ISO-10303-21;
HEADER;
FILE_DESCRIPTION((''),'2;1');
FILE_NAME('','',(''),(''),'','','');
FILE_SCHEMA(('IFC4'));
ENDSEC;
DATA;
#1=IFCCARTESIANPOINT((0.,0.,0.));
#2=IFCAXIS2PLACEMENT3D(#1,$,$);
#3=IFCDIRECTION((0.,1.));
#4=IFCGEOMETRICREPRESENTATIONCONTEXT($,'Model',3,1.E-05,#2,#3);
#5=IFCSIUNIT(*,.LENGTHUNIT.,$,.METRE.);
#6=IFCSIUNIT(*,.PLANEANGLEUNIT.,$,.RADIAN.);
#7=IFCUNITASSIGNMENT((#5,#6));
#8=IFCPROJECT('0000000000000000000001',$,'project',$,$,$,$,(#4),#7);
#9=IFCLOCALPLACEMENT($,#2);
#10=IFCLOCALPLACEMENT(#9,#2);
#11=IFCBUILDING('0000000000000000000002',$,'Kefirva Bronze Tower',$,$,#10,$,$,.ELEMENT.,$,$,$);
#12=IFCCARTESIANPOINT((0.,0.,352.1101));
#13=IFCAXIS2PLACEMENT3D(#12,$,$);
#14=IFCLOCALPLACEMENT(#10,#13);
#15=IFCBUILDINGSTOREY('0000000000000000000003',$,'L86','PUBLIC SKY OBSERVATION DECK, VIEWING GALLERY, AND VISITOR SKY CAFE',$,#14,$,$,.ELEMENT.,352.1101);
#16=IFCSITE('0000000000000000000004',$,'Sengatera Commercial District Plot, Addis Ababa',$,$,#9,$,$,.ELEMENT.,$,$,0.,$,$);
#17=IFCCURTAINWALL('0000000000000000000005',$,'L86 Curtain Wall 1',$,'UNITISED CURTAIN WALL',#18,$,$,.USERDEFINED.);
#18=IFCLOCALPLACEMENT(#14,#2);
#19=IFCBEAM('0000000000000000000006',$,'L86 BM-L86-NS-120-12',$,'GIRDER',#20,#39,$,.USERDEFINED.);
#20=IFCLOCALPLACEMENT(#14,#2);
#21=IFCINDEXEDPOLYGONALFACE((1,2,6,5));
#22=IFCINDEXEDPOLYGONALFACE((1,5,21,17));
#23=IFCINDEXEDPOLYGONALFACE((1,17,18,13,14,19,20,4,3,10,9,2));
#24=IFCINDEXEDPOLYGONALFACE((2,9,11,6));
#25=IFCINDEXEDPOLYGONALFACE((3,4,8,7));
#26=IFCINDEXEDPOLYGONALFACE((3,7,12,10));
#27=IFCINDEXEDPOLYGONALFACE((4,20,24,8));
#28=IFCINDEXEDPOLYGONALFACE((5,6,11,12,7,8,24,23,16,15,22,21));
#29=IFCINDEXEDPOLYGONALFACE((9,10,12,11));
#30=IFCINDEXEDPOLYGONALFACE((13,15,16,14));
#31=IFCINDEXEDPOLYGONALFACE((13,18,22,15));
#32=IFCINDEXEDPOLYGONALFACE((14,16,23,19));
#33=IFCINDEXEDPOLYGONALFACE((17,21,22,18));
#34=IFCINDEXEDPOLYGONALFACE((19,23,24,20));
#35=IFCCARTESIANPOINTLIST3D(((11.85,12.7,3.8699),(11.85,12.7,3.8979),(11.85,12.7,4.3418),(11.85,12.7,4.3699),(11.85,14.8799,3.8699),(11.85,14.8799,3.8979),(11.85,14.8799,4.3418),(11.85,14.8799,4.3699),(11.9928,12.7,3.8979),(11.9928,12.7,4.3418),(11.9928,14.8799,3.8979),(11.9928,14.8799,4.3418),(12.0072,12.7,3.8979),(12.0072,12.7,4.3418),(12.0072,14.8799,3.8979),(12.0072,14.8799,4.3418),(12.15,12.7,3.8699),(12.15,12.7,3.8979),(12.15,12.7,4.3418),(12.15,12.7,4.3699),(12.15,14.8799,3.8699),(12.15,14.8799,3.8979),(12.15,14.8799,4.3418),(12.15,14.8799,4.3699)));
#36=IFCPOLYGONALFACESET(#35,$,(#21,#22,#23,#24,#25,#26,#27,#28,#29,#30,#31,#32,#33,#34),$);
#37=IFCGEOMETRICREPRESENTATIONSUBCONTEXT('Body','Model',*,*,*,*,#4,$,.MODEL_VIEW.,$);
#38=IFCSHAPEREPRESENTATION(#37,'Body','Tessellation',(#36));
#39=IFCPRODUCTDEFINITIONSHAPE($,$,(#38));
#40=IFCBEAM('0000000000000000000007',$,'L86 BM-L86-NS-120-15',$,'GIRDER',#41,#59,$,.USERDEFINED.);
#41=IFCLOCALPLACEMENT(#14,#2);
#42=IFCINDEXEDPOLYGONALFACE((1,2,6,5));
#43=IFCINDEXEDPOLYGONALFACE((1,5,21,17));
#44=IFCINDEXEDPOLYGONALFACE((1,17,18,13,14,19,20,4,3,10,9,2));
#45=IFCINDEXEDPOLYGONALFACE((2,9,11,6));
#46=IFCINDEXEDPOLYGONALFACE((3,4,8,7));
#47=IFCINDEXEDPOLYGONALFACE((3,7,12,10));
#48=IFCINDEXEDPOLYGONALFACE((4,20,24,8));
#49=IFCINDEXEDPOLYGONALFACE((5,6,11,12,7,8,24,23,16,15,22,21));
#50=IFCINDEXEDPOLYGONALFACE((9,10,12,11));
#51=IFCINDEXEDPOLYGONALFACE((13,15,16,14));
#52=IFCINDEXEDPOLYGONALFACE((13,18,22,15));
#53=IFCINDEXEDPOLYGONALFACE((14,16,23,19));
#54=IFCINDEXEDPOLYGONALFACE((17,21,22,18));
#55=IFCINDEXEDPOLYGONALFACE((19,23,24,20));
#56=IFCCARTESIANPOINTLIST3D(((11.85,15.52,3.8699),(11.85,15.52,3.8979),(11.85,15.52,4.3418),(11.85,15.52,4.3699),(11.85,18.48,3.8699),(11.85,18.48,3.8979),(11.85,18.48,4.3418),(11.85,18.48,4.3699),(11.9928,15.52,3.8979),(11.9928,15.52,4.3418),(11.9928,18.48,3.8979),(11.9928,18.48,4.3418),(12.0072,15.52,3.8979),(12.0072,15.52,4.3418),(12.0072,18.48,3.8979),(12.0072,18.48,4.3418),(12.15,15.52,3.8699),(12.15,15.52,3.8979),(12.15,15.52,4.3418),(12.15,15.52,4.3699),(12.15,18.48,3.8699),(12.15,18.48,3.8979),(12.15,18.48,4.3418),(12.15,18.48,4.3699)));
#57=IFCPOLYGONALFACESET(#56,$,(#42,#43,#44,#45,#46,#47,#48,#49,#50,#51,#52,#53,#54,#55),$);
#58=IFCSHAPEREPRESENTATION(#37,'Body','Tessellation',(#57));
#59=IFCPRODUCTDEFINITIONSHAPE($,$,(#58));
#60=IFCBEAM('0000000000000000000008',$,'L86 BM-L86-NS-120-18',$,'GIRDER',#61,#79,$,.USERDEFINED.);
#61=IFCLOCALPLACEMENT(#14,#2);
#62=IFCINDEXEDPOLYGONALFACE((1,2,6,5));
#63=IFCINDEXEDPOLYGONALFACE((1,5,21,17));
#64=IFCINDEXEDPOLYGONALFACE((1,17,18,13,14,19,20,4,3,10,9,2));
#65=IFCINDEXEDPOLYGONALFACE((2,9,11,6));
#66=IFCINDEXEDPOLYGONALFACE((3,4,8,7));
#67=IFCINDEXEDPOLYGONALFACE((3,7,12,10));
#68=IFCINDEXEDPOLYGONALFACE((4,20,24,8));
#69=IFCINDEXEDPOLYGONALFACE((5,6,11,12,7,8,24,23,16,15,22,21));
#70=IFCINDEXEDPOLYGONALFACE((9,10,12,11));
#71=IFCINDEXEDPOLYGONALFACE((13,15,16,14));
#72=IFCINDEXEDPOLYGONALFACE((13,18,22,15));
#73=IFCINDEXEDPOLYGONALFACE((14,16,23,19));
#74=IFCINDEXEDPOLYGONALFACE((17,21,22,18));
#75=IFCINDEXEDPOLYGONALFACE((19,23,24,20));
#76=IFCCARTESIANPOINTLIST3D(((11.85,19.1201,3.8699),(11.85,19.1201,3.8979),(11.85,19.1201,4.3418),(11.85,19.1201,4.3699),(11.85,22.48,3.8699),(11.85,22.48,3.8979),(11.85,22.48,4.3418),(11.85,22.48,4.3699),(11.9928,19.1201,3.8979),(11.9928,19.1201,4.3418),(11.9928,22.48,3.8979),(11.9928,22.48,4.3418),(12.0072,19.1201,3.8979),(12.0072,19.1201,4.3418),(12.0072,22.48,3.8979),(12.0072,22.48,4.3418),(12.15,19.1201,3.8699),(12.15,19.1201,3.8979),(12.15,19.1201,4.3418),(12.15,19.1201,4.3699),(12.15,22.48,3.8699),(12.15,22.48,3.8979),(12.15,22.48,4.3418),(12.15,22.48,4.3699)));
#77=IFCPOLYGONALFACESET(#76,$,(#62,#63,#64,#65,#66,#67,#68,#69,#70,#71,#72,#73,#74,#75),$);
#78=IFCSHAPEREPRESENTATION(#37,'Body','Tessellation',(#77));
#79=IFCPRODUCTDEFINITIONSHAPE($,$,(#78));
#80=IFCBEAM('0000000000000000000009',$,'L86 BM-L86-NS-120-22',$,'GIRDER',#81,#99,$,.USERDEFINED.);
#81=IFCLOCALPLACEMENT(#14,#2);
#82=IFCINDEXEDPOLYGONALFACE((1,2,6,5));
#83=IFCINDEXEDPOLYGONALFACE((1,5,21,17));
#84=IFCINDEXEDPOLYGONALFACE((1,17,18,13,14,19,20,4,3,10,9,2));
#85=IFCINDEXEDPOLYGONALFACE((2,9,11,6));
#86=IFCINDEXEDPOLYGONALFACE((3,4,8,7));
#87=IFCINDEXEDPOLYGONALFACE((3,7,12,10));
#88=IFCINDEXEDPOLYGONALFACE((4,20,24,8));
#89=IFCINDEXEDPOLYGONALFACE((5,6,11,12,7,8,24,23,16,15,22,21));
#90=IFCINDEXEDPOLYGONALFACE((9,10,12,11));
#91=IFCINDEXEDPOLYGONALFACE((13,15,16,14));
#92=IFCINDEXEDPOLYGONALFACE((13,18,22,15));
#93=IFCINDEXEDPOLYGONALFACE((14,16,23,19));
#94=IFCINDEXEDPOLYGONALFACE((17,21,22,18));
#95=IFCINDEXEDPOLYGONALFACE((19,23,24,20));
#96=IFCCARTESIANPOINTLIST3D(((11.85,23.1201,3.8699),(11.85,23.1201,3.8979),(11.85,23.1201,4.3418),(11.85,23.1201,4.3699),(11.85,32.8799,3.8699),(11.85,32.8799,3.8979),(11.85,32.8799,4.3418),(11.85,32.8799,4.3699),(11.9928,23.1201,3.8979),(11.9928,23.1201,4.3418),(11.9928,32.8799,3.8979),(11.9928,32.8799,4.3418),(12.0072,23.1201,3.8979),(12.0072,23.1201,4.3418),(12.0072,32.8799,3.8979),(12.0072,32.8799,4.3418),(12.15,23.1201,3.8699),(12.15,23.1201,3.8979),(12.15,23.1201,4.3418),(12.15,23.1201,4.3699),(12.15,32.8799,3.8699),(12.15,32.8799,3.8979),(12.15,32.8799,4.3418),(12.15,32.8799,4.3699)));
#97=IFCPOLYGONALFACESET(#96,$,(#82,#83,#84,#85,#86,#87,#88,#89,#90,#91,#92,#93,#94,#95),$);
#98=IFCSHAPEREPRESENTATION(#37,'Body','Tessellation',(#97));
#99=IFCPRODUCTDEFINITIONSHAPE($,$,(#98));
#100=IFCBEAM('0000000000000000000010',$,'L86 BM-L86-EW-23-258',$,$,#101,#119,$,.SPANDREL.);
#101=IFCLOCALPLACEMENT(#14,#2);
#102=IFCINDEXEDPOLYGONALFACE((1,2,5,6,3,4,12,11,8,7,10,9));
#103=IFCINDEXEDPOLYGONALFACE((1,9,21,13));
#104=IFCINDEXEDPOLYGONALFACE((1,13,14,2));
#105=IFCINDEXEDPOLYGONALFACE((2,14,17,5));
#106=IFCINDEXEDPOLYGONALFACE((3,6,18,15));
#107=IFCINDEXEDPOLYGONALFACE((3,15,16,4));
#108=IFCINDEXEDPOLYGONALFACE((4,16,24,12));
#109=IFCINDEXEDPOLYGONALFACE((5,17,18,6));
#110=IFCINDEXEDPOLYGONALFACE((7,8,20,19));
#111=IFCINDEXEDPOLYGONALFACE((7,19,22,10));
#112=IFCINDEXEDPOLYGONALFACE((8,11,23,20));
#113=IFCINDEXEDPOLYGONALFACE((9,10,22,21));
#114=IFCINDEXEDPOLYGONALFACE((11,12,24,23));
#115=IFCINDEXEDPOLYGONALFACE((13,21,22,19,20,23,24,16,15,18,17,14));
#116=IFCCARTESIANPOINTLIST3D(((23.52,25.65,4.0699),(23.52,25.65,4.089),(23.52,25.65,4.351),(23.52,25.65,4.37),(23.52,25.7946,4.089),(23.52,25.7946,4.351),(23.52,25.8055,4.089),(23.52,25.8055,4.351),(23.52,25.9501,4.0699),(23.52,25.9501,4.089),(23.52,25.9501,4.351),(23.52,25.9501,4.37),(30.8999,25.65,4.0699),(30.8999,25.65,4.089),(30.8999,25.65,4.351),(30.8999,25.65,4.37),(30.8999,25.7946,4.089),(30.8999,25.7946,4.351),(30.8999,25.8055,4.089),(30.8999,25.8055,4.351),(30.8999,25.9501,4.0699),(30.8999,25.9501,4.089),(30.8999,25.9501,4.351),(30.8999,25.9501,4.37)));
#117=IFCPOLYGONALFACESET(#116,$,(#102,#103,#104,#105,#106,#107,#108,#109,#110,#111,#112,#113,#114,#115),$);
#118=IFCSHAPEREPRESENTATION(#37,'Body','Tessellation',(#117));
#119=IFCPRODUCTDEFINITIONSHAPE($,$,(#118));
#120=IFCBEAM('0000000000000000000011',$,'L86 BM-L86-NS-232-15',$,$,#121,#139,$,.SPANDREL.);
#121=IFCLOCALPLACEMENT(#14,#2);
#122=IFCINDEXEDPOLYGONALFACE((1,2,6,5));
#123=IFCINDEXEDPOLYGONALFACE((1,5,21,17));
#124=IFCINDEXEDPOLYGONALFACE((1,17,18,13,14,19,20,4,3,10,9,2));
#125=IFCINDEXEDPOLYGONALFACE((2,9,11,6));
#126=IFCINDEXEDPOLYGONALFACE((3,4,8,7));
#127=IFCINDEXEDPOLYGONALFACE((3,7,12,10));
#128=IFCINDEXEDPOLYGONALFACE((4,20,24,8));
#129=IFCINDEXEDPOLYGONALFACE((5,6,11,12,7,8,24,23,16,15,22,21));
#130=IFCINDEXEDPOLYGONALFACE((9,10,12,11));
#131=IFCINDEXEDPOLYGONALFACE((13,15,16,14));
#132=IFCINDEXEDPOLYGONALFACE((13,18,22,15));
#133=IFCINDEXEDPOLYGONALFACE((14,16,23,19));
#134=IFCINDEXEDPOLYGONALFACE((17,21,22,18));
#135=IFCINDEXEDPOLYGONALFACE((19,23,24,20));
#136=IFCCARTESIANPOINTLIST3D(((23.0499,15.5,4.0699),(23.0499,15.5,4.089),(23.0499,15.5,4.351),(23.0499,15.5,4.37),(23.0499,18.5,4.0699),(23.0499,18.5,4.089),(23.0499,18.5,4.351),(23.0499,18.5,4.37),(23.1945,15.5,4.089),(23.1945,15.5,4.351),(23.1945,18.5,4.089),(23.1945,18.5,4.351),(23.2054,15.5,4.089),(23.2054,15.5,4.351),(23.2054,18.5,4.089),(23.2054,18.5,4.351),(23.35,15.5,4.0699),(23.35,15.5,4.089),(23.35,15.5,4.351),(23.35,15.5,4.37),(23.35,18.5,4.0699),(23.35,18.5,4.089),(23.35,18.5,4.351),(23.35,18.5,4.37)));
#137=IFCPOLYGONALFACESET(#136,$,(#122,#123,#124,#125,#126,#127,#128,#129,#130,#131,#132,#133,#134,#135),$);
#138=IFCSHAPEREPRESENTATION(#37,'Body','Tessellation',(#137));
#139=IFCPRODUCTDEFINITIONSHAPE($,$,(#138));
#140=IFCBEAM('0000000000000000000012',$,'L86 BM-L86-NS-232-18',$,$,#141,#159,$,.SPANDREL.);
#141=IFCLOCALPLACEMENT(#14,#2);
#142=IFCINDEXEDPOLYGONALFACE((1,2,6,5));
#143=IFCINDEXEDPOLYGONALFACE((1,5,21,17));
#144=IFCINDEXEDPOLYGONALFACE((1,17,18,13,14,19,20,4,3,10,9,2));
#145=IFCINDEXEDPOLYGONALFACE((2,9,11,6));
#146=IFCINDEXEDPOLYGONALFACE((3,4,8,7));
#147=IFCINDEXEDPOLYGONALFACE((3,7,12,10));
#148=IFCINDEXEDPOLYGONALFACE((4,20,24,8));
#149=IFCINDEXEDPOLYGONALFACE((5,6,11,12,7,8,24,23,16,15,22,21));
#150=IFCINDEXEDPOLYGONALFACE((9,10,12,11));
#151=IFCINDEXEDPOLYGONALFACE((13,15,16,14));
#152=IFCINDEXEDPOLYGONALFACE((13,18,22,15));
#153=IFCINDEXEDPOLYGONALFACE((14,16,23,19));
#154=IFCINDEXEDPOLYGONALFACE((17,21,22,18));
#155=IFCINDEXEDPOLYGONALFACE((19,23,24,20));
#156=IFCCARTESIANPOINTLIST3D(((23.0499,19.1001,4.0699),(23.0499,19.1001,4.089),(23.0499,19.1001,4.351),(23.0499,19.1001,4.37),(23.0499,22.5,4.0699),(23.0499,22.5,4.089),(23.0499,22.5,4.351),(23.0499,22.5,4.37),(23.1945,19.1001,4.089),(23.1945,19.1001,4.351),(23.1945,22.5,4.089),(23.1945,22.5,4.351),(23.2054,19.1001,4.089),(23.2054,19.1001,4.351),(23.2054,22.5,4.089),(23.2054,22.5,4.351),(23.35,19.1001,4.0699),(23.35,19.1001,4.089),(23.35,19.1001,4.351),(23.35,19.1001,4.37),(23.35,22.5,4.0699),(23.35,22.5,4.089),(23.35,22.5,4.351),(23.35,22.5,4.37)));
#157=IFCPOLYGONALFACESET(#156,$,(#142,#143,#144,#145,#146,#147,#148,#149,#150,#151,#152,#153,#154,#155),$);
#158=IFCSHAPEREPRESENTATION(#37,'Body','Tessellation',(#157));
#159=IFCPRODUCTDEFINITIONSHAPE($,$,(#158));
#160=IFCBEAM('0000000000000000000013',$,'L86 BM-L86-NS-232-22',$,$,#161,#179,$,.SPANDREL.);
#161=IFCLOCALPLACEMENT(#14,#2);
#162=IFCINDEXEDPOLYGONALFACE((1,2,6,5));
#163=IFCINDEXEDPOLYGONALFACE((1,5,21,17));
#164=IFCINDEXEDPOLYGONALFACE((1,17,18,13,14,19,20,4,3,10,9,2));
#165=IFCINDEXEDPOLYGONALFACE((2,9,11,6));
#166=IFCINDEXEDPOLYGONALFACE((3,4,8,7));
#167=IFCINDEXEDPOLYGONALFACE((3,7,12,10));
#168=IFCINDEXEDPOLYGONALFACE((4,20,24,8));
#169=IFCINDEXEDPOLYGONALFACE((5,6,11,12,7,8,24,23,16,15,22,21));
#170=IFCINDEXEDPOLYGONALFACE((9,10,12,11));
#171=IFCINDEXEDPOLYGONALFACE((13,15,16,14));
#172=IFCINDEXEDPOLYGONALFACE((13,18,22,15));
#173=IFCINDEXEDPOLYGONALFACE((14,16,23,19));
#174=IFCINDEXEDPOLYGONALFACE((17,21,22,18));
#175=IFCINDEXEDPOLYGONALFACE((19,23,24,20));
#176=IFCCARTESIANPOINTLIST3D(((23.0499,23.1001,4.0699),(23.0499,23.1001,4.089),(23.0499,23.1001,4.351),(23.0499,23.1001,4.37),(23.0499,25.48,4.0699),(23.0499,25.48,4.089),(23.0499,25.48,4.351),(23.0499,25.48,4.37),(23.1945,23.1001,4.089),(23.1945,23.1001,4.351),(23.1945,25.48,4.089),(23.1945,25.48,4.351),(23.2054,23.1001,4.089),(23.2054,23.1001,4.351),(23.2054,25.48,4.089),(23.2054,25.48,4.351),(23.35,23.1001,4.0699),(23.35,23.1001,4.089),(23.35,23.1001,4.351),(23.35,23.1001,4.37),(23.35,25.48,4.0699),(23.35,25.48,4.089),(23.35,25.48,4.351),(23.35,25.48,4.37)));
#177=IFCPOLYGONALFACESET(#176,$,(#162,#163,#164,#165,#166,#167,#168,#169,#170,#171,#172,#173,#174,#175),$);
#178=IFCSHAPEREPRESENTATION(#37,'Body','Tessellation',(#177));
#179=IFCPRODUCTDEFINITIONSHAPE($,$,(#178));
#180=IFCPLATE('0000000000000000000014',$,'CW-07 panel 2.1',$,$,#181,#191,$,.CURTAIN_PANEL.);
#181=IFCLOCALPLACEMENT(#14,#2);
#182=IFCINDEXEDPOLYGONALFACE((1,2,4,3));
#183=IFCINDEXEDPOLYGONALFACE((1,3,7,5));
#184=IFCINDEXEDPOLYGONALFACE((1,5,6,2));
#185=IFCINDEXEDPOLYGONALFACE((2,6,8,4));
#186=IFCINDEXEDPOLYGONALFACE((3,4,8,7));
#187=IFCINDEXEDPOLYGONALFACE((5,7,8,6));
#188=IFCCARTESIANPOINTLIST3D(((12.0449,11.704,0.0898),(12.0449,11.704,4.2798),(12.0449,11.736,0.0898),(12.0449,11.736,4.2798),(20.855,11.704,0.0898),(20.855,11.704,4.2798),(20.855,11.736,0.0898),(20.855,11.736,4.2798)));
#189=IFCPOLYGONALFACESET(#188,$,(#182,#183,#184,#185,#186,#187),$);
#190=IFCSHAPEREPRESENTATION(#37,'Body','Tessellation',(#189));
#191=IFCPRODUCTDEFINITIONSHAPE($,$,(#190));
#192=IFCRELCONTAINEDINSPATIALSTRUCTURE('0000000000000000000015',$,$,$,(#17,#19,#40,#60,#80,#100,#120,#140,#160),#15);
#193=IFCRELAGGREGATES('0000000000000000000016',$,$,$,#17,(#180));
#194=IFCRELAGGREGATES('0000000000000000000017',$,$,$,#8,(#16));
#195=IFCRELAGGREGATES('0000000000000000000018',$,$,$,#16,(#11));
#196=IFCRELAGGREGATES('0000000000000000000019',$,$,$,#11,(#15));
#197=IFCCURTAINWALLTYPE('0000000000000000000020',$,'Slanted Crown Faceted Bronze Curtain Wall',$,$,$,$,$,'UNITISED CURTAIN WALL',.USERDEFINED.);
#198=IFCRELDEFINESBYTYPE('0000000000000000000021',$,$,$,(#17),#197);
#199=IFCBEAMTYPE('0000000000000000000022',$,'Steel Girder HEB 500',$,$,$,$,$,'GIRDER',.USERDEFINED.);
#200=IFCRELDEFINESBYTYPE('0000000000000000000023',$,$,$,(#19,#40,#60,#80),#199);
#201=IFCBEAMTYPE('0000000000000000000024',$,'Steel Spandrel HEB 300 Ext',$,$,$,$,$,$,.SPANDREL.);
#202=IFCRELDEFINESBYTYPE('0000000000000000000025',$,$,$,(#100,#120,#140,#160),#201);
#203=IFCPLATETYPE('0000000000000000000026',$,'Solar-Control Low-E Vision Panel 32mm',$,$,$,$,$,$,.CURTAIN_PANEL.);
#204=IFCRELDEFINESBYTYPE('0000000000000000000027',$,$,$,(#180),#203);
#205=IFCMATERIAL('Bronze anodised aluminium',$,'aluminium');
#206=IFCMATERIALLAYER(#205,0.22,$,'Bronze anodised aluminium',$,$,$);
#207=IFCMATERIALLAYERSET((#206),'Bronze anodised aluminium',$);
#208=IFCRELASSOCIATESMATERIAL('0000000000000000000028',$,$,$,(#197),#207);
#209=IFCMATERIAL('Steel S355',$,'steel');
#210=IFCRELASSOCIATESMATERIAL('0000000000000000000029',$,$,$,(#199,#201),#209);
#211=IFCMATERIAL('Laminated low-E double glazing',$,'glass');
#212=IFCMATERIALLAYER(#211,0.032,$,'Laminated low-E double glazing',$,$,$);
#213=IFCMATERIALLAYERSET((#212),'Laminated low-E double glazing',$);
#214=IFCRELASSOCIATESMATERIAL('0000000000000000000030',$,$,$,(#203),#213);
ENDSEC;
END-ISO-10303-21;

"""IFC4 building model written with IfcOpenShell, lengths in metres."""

from ifc_helpers import new_model, si_unit, direction, frame, origin, origin_2d, place, context, subcontext, project, spatial, rectangle, i_section, extrude, material, layer, layer_set, material_profile, profile_set, type_object, element, aggregate, save


model = new_model("IFC4")

# Units and contexts
model_context = context("Model", 3, precision=1e-05, world=origin(), true_north=direction((0.0, 1.0)))
body_context = subcontext(model_context, "Body", "Model", "MODEL_VIEW")
ifc_project = project(units=[si_unit("LENGTHUNIT", "METRE"), si_unit("PLANEANGLEUNIT", "RADIAN")], contexts=[model_context])

# Site, building, storey
site_placement = place(None, origin())
site = spatial("IfcSite", under=ifc_project, at=site_placement, Name="Sengatera Commercial District Plot, Addis Ababa", CompositionType="ELEMENT", RefElevation=0.0)
building_placement = place(site_placement, origin())
building = spatial("IfcBuilding", under=site, at=building_placement, Name="Kefirva Bronze Tower", CompositionType="ELEMENT")
storey_placement = place(building_placement, frame((0.0, 0.0, 352.1101)))
storey = spatial("IfcBuildingStorey", under=building, at=storey_placement, Name="L86", Description="PUBLIC SKY OBSERVATION DECK, VIEWING GALLERY, AND VISITOR SKY CAFE", CompositionType="ELEMENT", Elevation=352.1101)

# Curtain wall
ifc_material_1 = material(Name="Bronze anodised aluminium", Category="aluminium")
ifc_layer_1 = layer(ifc_material_1, 0.22, Name="Bronze anodised aluminium")
ifc_layer_set_1 = layer_set([ifc_layer_1], Name="Bronze anodised aluminium")
curtain_wall_type = type_object("IfcCurtainWallType", Name="Slanted Crown Faceted Bronze Curtain Wall", ElementType="UNITISED CURTAIN WALL", PredefinedType="USERDEFINED", material=ifc_layer_set_1)
curtain_wall_placement = place(storey_placement, origin())
curtain_wall = element("IfcCurtainWall", 1, at=curtain_wall_placement, inside=storey, type_object=curtain_wall_type, Name="L86 Curtain Wall 1", ObjectType="UNITISED CURTAIN WALL", PredefinedType="USERDEFINED")

# Beams
ifc_material_2 = material(Name="Steel S355", Category="steel")
ifc_material_profile_1 = material_profile(ifc_material_2, i_section(OverallWidth=0.3, OverallDepth=0.5, WebThickness=0.0144, FlangeThickness=0.0281, at=origin_2d()), Name="HEB 500")
ifc_profile_set_1 = profile_set([ifc_material_profile_1], Name="Steel S355")
beam_type_1 = type_object("IfcBeamType", Name="Steel Girder HEB 500", ElementType="GIRDER", PredefinedType="USERDEFINED", material=ifc_profile_set_1)
beam_1_placement = place(storey_placement, frame((12.0, 12.7, 4.1199), z_axis=(0.0, 1.0, 0.0), x_axis=(-1.0, 0.0, 0.0)))
element("IfcBeam", 2, at=beam_1_placement, inside=storey, type_object=beam_type_1, Name="L86 BM-L86-NS-120-12", ObjectType="GIRDER", PredefinedType="USERDEFINED", context=body_context, shape_type="SweptSolid", body=[
    extrude(i_section(OverallWidth=0.3, OverallDepth=0.5, WebThickness=0.0144, FlangeThickness=0.0281, at=origin_2d()), origin(), (0.0, 0.0, 1.0), 2.1799),
])
beam_2_placement = place(storey_placement, frame((12.0, 15.52, 4.1199), z_axis=(0.0, 1.0, 0.0), x_axis=(-1.0, 0.0, 0.0)))
element("IfcBeam", 3, at=beam_2_placement, inside=storey, type_object=beam_type_1, Name="L86 BM-L86-NS-120-15", ObjectType="GIRDER", PredefinedType="USERDEFINED", context=body_context, shape_type="SweptSolid", body=[
    extrude(i_section(OverallWidth=0.3, OverallDepth=0.5, WebThickness=0.0144, FlangeThickness=0.0281, at=origin_2d()), origin(), (0.0, 0.0, 1.0), 2.96),
])
beam_3_placement = place(storey_placement, frame((12.0, 19.1201, 4.1199), z_axis=(0.0, 1.0, 0.0), x_axis=(-1.0, 0.0, 0.0)))
element("IfcBeam", 4, at=beam_3_placement, inside=storey, type_object=beam_type_1, Name="L86 BM-L86-NS-120-18", ObjectType="GIRDER", PredefinedType="USERDEFINED", context=body_context, shape_type="SweptSolid", body=[
    extrude(i_section(OverallWidth=0.3, OverallDepth=0.5, WebThickness=0.0144, FlangeThickness=0.0281, at=origin_2d()), origin(), (0.0, 0.0, 1.0), 3.3599),
])
beam_4_placement = place(storey_placement, frame((12.0, 23.1201, 4.1199), z_axis=(0.0, 1.0, 0.0), x_axis=(-1.0, 0.0, 0.0)))
element("IfcBeam", 5, at=beam_4_placement, inside=storey, type_object=beam_type_1, Name="L86 BM-L86-NS-120-22", ObjectType="GIRDER", PredefinedType="USERDEFINED", context=body_context, shape_type="SweptSolid", body=[
    extrude(i_section(OverallWidth=0.3, OverallDepth=0.5, WebThickness=0.0144, FlangeThickness=0.0281, at=origin_2d()), origin(), (0.0, 0.0, 1.0), 9.7598),
])
ifc_material_profile_2 = material_profile(ifc_material_2, i_section(OverallWidth=0.3, OverallDepth=0.3, WebThickness=0.011, FlangeThickness=0.019, at=origin_2d()), Name="HEB 300")
ifc_profile_set_2 = profile_set([ifc_material_profile_2], Name="Steel S355")
beam_type_2 = type_object("IfcBeamType", Name="Steel Spandrel HEB 300 Ext", PredefinedType="SPANDREL", material=ifc_profile_set_2)
beam_5_placement = place(storey_placement, frame((23.52, 25.8, 4.22), z_axis=(1.0, 0.0, 0.0), x_axis=(0.0, 1.0, 0.0)))
element("IfcBeam", 6, at=beam_5_placement, inside=storey, type_object=beam_type_2, Name="L86 BM-L86-EW-23-258", PredefinedType="SPANDREL", context=body_context, shape_type="SweptSolid", body=[
    extrude(i_section(OverallWidth=0.3, OverallDepth=0.3, WebThickness=0.011, FlangeThickness=0.019, at=origin_2d()), origin(), (0.0, 0.0, 1.0), 7.3799),
])
beam_6_placement = place(storey_placement, frame((23.2, 15.5, 4.22), z_axis=(0.0, 1.0, 0.0), x_axis=(-1.0, 0.0, 0.0)))
element("IfcBeam", 7, at=beam_6_placement, inside=storey, type_object=beam_type_2, Name="L86 BM-L86-NS-232-15", PredefinedType="SPANDREL", context=body_context, shape_type="SweptSolid", body=[
    extrude(i_section(OverallWidth=0.3, OverallDepth=0.3, WebThickness=0.011, FlangeThickness=0.019, at=origin_2d()), origin(), (0.0, 0.0, 1.0), 3.0),
])
beam_7_placement = place(storey_placement, frame((23.2, 19.1001, 4.22), z_axis=(0.0, 1.0, 0.0), x_axis=(-1.0, 0.0, 0.0)))
element("IfcBeam", 8, at=beam_7_placement, inside=storey, type_object=beam_type_2, Name="L86 BM-L86-NS-232-18", PredefinedType="SPANDREL", context=body_context, shape_type="SweptSolid", body=[
    extrude(i_section(OverallWidth=0.3, OverallDepth=0.3, WebThickness=0.011, FlangeThickness=0.019, at=origin_2d()), origin(), (0.0, 0.0, 1.0), 3.3999),
])
beam_8_placement = place(storey_placement, frame((23.2, 23.1001, 4.22), z_axis=(0.0, 1.0, 0.0), x_axis=(-1.0, 0.0, 0.0)))
element("IfcBeam", 9, at=beam_8_placement, inside=storey, type_object=beam_type_2, Name="L86 BM-L86-NS-232-22", PredefinedType="SPANDREL", context=body_context, shape_type="SweptSolid", body=[
    extrude(i_section(OverallWidth=0.3, OverallDepth=0.3, WebThickness=0.011, FlangeThickness=0.019, at=origin_2d()), origin(), (0.0, 0.0, 1.0), 2.3799),
])

# Plate
ifc_material_3 = material(Name="Laminated low-E double glazing", Category="glass")
ifc_layer_2 = layer(ifc_material_3, 0.032, Name="Laminated low-E double glazing")
ifc_layer_set_2 = layer_set([ifc_layer_2], Name="Laminated low-E double glazing")
plate_type = type_object("IfcPlateType", Name="Solar-Control Low-E Vision Panel 32mm", PredefinedType="CURTAIN_PANEL", material=ifc_layer_set_2)
plate_placement = place(storey_placement, frame((16.45, 11.72, 0.0898), z_axis=(0.0, 0.0, 1.0), x_axis=(1.0, 0.0, 0.0)))
plate = element("IfcPlate", 10, at=plate_placement, type_object=plate_type, Name="CW-07 panel 2.1", PredefinedType="CURTAIN_PANEL", context=body_context, shape_type="SweptSolid", body=[
    extrude(rectangle(XDim=8.8101, YDim=0.032, at=origin_2d()), origin(), (0.0, 0.0, 1.0), 4.1899),
])
aggregate(curtain_wall, [plate])

save(model, "model.ifc")
